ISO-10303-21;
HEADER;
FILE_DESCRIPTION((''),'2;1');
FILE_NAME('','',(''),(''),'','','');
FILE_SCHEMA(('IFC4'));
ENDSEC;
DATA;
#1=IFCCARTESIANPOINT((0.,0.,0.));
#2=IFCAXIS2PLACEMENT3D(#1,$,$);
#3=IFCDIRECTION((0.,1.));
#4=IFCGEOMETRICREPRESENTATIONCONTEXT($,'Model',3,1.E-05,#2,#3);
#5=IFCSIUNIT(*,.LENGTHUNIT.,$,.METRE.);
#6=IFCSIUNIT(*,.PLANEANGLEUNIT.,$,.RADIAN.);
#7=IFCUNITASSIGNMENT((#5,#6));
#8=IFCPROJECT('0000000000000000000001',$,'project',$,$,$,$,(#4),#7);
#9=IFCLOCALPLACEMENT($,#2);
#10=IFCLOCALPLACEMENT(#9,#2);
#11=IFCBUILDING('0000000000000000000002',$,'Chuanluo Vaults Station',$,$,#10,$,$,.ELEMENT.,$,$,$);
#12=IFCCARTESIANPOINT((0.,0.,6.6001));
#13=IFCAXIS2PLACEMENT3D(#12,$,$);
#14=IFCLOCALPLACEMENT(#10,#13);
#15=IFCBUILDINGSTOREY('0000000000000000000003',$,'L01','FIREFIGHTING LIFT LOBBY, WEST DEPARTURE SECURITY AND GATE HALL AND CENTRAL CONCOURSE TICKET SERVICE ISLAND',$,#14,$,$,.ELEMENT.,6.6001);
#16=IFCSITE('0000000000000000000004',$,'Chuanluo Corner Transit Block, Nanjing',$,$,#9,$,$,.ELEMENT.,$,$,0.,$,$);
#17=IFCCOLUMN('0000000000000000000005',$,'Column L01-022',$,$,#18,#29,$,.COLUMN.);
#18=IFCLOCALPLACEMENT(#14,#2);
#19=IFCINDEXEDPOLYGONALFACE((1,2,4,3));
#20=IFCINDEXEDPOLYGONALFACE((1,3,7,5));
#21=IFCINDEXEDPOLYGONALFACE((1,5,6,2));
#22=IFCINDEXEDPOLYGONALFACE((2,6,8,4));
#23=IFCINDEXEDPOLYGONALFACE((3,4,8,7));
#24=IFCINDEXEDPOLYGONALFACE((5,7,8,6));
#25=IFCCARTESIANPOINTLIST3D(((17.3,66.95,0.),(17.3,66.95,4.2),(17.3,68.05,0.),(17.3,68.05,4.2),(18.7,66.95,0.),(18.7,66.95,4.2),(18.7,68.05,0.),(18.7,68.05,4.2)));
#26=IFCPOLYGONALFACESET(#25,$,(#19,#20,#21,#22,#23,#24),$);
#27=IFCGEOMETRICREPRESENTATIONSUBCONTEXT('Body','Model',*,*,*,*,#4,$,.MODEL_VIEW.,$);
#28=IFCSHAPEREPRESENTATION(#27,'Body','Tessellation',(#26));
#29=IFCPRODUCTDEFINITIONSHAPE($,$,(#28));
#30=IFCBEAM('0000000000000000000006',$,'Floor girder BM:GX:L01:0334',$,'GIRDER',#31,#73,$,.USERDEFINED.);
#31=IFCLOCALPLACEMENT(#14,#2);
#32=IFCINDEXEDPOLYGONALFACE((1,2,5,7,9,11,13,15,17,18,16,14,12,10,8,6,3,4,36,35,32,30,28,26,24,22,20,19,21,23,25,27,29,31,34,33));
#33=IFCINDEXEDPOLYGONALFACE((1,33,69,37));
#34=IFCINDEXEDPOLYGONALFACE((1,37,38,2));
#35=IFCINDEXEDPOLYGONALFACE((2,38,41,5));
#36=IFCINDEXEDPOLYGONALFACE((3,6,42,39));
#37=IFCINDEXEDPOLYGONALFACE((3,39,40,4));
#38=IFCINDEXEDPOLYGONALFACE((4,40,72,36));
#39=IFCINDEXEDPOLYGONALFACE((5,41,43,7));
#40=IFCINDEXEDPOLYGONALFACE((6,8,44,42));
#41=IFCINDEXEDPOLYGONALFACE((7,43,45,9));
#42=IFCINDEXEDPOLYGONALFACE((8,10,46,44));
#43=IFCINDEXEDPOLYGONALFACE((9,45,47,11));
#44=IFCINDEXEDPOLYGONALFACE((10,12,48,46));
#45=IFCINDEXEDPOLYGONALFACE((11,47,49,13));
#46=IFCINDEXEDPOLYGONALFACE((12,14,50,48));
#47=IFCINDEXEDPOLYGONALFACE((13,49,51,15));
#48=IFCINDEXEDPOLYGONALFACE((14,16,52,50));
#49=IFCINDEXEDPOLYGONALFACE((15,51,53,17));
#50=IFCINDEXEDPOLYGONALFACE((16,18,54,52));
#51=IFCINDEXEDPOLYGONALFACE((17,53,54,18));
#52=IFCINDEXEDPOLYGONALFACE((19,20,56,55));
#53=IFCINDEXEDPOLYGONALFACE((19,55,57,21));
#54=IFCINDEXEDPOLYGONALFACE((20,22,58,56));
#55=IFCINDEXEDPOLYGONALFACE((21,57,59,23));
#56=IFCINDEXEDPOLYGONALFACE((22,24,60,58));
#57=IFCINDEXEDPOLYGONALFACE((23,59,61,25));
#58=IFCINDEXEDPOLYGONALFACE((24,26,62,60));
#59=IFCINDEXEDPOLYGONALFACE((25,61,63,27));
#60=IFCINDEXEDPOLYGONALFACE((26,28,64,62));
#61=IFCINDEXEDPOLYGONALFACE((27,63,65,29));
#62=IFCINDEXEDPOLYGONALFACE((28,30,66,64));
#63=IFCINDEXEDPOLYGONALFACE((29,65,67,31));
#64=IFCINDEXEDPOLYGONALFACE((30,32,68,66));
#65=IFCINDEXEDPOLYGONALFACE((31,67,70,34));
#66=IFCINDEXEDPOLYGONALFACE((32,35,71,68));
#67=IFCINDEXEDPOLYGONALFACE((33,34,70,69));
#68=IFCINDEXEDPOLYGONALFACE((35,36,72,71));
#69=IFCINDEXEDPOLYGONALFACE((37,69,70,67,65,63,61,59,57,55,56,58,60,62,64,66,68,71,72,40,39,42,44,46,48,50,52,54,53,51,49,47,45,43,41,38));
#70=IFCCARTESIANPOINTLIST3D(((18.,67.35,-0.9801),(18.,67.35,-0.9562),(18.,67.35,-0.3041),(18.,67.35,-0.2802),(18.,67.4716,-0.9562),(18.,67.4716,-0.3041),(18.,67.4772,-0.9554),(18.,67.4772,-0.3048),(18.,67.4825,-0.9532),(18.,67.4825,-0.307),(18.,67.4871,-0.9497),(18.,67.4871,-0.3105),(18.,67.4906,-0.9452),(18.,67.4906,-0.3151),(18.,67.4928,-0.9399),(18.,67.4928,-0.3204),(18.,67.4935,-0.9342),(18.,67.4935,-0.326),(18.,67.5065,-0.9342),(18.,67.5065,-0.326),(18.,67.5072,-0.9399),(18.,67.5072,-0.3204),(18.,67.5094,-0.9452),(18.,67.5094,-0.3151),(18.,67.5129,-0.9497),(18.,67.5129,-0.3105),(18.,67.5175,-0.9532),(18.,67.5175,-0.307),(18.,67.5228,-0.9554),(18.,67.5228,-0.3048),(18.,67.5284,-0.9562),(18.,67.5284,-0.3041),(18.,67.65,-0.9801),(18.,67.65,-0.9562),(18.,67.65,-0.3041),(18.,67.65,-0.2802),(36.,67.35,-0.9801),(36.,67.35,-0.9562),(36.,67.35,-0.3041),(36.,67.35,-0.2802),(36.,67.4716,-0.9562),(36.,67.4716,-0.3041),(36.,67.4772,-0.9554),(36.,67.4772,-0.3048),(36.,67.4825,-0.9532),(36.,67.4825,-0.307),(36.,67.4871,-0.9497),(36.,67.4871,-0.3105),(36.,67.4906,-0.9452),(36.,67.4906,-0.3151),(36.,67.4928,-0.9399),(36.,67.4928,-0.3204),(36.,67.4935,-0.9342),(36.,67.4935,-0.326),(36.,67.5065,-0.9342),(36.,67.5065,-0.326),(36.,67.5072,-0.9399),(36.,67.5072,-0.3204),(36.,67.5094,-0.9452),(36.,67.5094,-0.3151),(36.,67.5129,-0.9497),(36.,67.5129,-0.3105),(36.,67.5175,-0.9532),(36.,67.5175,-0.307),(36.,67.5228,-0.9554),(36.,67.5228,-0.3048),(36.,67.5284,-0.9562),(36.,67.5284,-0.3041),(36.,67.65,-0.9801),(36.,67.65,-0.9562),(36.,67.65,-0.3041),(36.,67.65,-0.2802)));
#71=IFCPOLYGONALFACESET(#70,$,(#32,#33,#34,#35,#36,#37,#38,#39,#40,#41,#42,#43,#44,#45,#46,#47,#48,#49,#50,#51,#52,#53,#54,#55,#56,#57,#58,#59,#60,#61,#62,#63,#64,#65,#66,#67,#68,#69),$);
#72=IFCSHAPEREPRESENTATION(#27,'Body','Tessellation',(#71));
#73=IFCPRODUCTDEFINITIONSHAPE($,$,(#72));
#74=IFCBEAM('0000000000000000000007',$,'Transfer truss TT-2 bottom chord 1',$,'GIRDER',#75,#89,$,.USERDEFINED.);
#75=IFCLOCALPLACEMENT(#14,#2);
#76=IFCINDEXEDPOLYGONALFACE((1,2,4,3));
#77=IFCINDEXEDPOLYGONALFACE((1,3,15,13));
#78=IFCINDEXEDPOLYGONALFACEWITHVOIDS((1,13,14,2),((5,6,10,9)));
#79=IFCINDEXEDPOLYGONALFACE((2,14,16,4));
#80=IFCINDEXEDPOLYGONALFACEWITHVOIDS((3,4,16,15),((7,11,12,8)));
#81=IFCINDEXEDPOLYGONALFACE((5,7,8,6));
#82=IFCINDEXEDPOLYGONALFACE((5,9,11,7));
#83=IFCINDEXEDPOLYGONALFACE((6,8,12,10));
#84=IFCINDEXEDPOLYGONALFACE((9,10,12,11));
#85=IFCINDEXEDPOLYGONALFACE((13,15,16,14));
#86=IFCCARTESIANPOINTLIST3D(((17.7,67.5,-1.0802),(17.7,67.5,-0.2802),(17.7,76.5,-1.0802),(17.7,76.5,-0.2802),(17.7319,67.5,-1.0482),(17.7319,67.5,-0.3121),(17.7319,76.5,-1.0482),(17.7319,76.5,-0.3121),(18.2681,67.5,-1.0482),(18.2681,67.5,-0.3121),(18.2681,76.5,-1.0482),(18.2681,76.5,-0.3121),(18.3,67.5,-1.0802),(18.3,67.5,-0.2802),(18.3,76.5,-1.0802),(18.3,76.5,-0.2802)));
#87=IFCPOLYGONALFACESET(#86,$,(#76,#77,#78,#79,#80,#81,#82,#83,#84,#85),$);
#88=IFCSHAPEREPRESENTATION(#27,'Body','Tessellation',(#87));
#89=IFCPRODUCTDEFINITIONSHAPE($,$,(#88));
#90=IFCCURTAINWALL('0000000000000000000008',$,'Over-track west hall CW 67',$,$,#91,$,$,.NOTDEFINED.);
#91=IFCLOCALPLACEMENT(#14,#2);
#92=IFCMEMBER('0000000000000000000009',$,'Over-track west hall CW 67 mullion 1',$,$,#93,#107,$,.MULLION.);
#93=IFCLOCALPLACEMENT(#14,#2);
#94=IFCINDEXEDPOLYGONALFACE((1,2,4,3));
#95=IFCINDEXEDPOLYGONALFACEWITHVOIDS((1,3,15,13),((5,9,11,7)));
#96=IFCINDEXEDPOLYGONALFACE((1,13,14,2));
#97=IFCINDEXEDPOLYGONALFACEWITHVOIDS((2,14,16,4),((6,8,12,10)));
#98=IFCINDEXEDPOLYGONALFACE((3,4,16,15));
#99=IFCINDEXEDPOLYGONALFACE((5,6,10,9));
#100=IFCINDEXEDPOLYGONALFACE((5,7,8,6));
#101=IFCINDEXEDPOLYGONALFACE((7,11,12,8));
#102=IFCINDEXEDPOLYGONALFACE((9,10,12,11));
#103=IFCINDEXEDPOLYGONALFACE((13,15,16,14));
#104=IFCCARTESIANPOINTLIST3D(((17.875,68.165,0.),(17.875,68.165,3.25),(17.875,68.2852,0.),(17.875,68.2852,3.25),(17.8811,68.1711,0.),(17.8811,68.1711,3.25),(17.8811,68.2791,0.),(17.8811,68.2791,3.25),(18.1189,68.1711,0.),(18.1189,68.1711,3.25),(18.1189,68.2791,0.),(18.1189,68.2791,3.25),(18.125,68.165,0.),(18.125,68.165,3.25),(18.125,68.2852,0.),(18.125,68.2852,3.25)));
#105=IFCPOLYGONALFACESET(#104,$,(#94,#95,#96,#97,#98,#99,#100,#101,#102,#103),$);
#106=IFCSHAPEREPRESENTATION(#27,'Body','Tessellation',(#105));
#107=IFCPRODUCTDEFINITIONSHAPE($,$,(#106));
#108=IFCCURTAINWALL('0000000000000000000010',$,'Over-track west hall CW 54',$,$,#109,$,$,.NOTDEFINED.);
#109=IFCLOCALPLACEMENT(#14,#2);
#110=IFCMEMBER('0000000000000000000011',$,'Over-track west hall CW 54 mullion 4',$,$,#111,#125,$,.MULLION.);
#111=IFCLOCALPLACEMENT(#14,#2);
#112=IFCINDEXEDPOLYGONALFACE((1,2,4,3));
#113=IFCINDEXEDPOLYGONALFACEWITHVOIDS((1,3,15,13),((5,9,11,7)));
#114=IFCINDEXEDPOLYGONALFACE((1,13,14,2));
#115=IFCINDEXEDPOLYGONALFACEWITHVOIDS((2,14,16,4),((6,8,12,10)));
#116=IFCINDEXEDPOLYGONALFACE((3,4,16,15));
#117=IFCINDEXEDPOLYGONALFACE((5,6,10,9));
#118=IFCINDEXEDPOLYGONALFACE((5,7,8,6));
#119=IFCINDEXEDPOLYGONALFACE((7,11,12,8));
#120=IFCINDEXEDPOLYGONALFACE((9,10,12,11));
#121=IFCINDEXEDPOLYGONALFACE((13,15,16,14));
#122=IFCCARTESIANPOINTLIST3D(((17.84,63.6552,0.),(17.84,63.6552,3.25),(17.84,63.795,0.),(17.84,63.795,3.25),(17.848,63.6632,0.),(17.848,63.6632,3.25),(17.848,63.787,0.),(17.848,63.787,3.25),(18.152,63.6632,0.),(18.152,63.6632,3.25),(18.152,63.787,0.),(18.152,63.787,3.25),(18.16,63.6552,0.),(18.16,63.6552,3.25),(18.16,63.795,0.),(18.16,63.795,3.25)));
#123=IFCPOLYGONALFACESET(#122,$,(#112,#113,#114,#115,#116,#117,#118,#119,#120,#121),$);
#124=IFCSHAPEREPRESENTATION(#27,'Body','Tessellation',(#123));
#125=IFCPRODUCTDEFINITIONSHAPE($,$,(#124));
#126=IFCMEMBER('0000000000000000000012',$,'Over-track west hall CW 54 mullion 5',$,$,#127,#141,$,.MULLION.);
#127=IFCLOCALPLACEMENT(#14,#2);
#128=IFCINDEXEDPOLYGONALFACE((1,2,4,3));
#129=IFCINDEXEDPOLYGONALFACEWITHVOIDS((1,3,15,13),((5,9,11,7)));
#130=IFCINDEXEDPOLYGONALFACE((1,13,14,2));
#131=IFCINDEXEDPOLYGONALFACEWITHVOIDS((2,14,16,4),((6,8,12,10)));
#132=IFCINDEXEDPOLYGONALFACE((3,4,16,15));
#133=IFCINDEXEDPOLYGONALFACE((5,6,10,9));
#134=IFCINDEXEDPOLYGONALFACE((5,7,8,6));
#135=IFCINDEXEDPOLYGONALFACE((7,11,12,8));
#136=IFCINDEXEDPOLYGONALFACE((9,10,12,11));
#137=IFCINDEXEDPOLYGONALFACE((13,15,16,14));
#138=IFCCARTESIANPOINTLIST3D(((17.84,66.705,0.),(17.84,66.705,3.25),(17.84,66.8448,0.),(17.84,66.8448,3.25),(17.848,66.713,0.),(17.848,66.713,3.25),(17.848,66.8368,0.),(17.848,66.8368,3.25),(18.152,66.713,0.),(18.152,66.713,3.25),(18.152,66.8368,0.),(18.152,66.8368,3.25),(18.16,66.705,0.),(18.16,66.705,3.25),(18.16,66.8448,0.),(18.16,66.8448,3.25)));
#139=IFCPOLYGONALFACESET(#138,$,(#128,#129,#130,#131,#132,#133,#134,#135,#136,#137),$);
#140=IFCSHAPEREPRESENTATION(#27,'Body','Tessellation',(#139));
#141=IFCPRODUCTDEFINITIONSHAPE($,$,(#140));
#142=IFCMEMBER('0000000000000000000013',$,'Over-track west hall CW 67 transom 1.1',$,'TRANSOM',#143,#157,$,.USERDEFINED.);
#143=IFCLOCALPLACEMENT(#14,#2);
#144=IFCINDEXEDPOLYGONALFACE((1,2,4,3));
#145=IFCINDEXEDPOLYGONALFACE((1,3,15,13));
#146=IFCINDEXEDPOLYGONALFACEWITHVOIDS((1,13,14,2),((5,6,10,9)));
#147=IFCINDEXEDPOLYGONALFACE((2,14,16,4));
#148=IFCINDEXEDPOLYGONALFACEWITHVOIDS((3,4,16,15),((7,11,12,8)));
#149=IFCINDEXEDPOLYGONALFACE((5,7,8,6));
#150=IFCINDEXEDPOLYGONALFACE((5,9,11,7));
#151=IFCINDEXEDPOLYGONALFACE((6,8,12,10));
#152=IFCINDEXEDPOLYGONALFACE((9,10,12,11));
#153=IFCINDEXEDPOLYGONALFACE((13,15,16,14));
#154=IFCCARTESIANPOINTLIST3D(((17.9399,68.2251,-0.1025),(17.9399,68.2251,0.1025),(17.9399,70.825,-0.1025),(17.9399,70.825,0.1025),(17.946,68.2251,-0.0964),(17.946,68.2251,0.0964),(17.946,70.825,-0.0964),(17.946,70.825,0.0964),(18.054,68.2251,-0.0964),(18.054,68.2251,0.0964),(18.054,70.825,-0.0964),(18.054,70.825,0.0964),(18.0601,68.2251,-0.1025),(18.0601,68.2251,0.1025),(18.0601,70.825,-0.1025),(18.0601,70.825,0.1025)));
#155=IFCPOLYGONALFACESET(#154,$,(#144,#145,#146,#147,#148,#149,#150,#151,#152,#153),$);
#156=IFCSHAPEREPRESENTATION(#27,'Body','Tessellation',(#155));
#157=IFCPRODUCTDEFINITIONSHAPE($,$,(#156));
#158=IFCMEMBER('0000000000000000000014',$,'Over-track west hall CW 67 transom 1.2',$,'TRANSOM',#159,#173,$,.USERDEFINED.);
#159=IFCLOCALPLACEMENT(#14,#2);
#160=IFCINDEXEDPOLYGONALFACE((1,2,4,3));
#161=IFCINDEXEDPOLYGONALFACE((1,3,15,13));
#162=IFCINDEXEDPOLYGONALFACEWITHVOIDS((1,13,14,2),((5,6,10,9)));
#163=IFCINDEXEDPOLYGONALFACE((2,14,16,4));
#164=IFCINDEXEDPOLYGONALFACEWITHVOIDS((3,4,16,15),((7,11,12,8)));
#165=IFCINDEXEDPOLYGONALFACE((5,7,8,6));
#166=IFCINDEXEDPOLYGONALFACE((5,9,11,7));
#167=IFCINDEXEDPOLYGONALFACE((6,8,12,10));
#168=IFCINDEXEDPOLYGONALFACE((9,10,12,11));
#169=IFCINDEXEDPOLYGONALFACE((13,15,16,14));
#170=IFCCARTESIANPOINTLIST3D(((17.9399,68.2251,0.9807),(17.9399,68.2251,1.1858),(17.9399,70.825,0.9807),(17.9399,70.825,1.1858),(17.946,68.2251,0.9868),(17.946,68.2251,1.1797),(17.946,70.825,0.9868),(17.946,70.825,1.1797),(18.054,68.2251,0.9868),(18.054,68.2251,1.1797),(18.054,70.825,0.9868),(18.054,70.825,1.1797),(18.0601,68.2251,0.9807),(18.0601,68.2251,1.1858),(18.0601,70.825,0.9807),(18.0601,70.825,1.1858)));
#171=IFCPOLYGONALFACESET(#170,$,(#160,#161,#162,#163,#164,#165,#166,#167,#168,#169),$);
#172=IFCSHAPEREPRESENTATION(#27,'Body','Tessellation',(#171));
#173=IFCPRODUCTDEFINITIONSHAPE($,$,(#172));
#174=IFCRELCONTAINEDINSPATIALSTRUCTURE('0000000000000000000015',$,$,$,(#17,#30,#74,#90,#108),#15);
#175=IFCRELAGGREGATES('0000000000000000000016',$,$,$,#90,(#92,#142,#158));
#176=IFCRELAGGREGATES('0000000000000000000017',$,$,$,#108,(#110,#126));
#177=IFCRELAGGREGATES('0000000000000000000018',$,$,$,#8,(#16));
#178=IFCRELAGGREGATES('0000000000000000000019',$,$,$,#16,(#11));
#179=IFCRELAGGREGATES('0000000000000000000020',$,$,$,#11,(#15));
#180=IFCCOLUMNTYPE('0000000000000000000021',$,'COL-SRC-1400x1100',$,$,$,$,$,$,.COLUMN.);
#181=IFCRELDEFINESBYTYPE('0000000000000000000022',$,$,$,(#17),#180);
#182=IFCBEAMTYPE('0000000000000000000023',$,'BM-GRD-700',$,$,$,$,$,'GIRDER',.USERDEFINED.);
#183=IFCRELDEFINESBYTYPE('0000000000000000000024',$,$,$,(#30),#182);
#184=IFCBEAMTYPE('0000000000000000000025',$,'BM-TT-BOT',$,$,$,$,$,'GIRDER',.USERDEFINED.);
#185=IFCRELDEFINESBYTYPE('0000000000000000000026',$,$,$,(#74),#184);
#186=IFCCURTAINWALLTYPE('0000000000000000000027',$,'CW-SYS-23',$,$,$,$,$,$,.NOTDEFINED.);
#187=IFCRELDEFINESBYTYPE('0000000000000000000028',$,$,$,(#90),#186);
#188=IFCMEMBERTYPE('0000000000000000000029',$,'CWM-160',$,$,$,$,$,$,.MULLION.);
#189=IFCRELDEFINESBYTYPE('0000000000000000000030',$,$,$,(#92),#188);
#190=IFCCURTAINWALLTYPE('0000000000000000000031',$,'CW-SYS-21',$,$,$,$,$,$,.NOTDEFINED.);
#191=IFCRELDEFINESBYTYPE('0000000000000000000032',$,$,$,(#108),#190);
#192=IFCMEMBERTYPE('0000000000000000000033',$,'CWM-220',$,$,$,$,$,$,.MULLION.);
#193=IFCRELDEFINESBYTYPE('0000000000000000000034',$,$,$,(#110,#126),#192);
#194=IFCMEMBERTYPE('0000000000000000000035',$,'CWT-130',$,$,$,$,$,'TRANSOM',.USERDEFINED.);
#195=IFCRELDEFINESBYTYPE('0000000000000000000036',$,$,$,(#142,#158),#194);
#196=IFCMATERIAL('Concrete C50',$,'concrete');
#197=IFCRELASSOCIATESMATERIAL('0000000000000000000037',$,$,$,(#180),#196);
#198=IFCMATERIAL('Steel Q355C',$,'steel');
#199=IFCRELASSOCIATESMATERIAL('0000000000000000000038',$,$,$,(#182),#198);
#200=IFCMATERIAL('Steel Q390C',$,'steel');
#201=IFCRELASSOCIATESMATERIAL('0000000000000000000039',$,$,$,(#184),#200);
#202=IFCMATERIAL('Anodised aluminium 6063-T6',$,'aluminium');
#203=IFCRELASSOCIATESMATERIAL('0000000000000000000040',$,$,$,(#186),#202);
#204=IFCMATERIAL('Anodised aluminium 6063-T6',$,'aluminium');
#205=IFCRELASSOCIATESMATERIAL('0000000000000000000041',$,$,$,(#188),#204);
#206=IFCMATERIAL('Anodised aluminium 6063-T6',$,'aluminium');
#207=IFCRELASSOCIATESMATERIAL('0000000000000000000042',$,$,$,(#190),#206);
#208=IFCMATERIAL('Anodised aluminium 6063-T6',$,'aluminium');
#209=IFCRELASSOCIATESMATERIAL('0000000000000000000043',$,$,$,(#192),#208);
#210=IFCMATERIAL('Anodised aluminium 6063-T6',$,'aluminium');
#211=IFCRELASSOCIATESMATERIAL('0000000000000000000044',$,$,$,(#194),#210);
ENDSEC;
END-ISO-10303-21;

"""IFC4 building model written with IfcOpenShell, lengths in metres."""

from ifc_helpers import new_model, si_unit, direction, frame, origin, origin_2d, place, context, subcontext, project, spatial, rectangle, hollow_rectangle, i_section, extrude, material, material_profile, profile_set, type_object, element, aggregate, save


model = new_model("IFC4")

# Units and contexts
model_context = context("Model", 3, precision=1e-05, world=origin(), true_north=direction((0.0, 1.0)))
body_context = subcontext(model_context, "Body", "Model", "MODEL_VIEW")
ifc_project = project(units=[si_unit("LENGTHUNIT", "METRE"), si_unit("PLANEANGLEUNIT", "RADIAN")], contexts=[model_context])

# Site, building, storey
site_placement = place(None, origin())
site = spatial("IfcSite", under=ifc_project, at=site_placement, Name="Chuanluo Corner Transit Block, Nanjing", CompositionType="ELEMENT", RefElevation=0.0)
building_placement = place(site_placement, origin())
building = spatial("IfcBuilding", under=site, at=building_placement, Name="Chuanluo Vaults Station", CompositionType="ELEMENT")
storey_placement = place(building_placement, frame((0.0, 0.0, 6.6001)))
storey = spatial("IfcBuildingStorey", under=building, at=storey_placement, Name="L01", Description="FIREFIGHTING LIFT LOBBY, WEST DEPARTURE SECURITY AND GATE HALL AND CENTRAL CONCOURSE TICKET SERVICE ISLAND", CompositionType="ELEMENT", Elevation=6.6001)

# Column
ifc_material_1 = material(Name="Concrete C50", Category="concrete")
ifc_material_profile_1 = material_profile(ifc_material_1, rectangle(XDim=1.3999, YDim=1.1001, at=origin_2d()))
ifc_profile_set_1 = profile_set([ifc_material_profile_1], Name="Concrete C50")
column_type = type_object("IfcColumnType", Name="COL-SRC-1400x1100", PredefinedType="COLUMN", material=ifc_profile_set_1)
column_placement = place(storey_placement, frame((18.0, 67.5, 0.0), z_axis=(0.0, 0.0, 1.0), x_axis=(1.0, 0.0, 0.0)))
element("IfcColumn", 1, at=column_placement, inside=storey, type_object=column_type, Name="Column L01-022", PredefinedType="COLUMN", context=body_context, shape_type="SweptSolid", body=[
    extrude(rectangle(XDim=1.3999, YDim=1.1001, at=origin_2d()), origin(), (0.0, 0.0, 1.0), 4.2),
])

# Beams
ifc_material_2 = material(Name="Steel Q355C", Category="steel")
ifc_material_profile_2 = material_profile(ifc_material_2, i_section(OverallWidth=0.3, OverallDepth=0.7, WebThickness=0.0129, FlangeThickness=0.0239, FilletRadius=0.022, at=origin_2d()))
ifc_profile_set_2 = profile_set([ifc_material_profile_2], Name="Steel Q355C")
beam_type_1 = type_object("IfcBeamType", Name="BM-GRD-700", ElementType="GIRDER", PredefinedType="USERDEFINED", material=ifc_profile_set_2)
beam_1_placement = place(storey_placement, frame((18.0, 67.5, -0.6301), z_axis=(1.0, 0.0, 0.0), x_axis=(0.0, 1.0, 0.0)))
element("IfcBeam", 2, at=beam_1_placement, inside=storey, type_object=beam_type_1, Name="Floor girder BM:GX:L01:0334", ObjectType="GIRDER", PredefinedType="USERDEFINED", context=body_context, shape_type="SweptSolid", body=[
    extrude(i_section(OverallWidth=0.3, OverallDepth=0.7, WebThickness=0.0129, FlangeThickness=0.0239, FilletRadius=0.022, at=origin_2d()), origin(), (0.0, 0.0, 1.0), 18.0),
])
ifc_material_3 = material(Name="Steel Q390C", Category="steel")
ifc_material_profile_3 = material_profile(ifc_material_3, hollow_rectangle(XDim=0.6001, YDim=0.8, WallThickness=0.032, at=origin_2d()))
ifc_profile_set_3 = profile_set([ifc_material_profile_3], Name="Steel Q390C")
beam_type_2 = type_object("IfcBeamType", Name="BM-TT-BOT", ElementType="GIRDER", PredefinedType="USERDEFINED", material=ifc_profile_set_3)
beam_2_placement = place(storey_placement, frame((18.0, 67.5, -0.6802), z_axis=(0.0, 1.0, 0.0), x_axis=(-1.0, 0.0, 0.0)))
element("IfcBeam", 3, at=beam_2_placement, inside=storey, type_object=beam_type_2, Name="Transfer truss TT-2 bottom chord 1", ObjectType="GIRDER", PredefinedType="USERDEFINED", context=body_context, shape_type="SweptSolid", body=[
    extrude(hollow_rectangle(XDim=0.6001, YDim=0.8, WallThickness=0.032, at=origin_2d()), origin(), (0.0, 0.0, 1.0), 9.0),
])

# Curtain wall, member
ifc_material_4 = material(Name="Anodised aluminium 6063-T6", Category="aluminium")
curtain_wall_type_1 = type_object("IfcCurtainWallType", Name="CW-SYS-23", PredefinedType="NOTDEFINED", material=ifc_material_4)
curtain_wall_1_placement = place(storey_placement, origin())
curtain_wall_1 = element("IfcCurtainWall", 4, at=curtain_wall_1_placement, inside=storey, type_object=curtain_wall_type_1, Name="Over-track west hall CW 67", PredefinedType="NOTDEFINED")
ifc_material_5 = material(Name="Anodised aluminium 6063-T6", Category="aluminium")
ifc_material_profile_4 = material_profile(ifc_material_5, hollow_rectangle(XDim=0.1201, YDim=0.25, WallThickness=0.0061, at=origin_2d()))
ifc_profile_set_4 = profile_set([ifc_material_profile_4], Name="Anodised aluminium 6063-T6")
member_type_1 = type_object("IfcMemberType", Name="CWM-160", PredefinedType="MULLION", material=ifc_profile_set_4)
member_1_placement = place(storey_placement, frame((18.0, 68.2251, 0.0), z_axis=(0.0, 0.0, 1.0), x_axis=(0.0, 1.0, 0.0)))
member_1 = element("IfcMember", 5, at=member_1_placement, type_object=member_type_1, Name="Over-track west hall CW 67 mullion 1", PredefinedType="MULLION", context=body_context, shape_type="SweptSolid", body=[
    extrude(hollow_rectangle(XDim=0.1201, YDim=0.25, WallThickness=0.0061, at=origin_2d()), origin(), (0.0, 0.0, 1.0), 3.25),
])

# Curtain wall, members
ifc_material_6 = material(Name="Anodised aluminium 6063-T6", Category="aluminium")
curtain_wall_type_2 = type_object("IfcCurtainWallType", Name="CW-SYS-21", PredefinedType="NOTDEFINED", material=ifc_material_6)
curtain_wall_2_placement = place(storey_placement, origin())
curtain_wall_2 = element("IfcCurtainWall", 6, at=curtain_wall_2_placement, inside=storey, type_object=curtain_wall_type_2, Name="Over-track west hall CW 54", PredefinedType="NOTDEFINED")
ifc_material_7 = material(Name="Anodised aluminium 6063-T6", Category="aluminium")
ifc_material_profile_5 = material_profile(ifc_material_7, hollow_rectangle(XDim=0.1399, YDim=0.3201, WallThickness=0.0081, at=origin_2d()))
ifc_profile_set_5 = profile_set([ifc_material_profile_5], Name="Anodised aluminium 6063-T6")
member_type_2 = type_object("IfcMemberType", Name="CWM-220", PredefinedType="MULLION", material=ifc_profile_set_5)
member_2_placement = place(storey_placement, frame((18.0, 63.7251, 0.0), z_axis=(0.0, 0.0, 1.0), x_axis=(0.0, 1.0, 0.0)))
member_2 = element("IfcMember", 7, at=member_2_placement, type_object=member_type_2, Name="Over-track west hall CW 54 mullion 4", PredefinedType="MULLION", context=body_context, shape_type="SweptSolid", body=[
    extrude(hollow_rectangle(XDim=0.1399, YDim=0.3201, WallThickness=0.0081, at=origin_2d()), origin(), (0.0, 0.0, 1.0), 3.25),
])
member_3_placement = place(storey_placement, frame((18.0, 66.7749, 0.0), z_axis=(0.0, 0.0, 1.0), x_axis=(0.0, 1.0, 0.0)))
member_3 = element("IfcMember", 8, at=member_3_placement, type_object=member_type_2, Name="Over-track west hall CW 54 mullion 5", PredefinedType="MULLION", context=body_context, shape_type="SweptSolid", body=[
    extrude(hollow_rectangle(XDim=0.1399, YDim=0.3201, WallThickness=0.0081, at=origin_2d()), origin(), (0.0, 0.0, 1.0), 3.25),
])

# Members
ifc_material_8 = material(Name="Anodised aluminium 6063-T6", Category="aluminium")
ifc_material_profile_6 = material_profile(ifc_material_8, hollow_rectangle(XDim=0.1201, YDim=0.2051, WallThickness=0.0061, at=origin_2d()))
ifc_profile_set_6 = profile_set([ifc_material_profile_6], Name="Anodised aluminium 6063-T6")
member_type_3 = type_object("IfcMemberType", Name="CWT-130", ElementType="TRANSOM", PredefinedType="USERDEFINED", material=ifc_profile_set_6)
member_4_placement = place(storey_placement, frame((18.0, 68.2251, 0.0), z_axis=(0.0, 1.0, 0.0), x_axis=(-1.0, 0.0, 0.0)))
member_4 = element("IfcMember", 9, at=member_4_placement, type_object=member_type_3, Name="Over-track west hall CW 67 transom 1.1", ObjectType="TRANSOM", PredefinedType="USERDEFINED", context=body_context, shape_type="SweptSolid", body=[
    extrude(hollow_rectangle(XDim=0.1201, YDim=0.2051, WallThickness=0.0061, at=origin_2d()), origin(), (0.0, 0.0, 1.0), 2.5999),
])
member_5_placement = place(storey_placement, frame((18.0, 68.2251, 1.0833), z_axis=(0.0, 1.0, 0.0), x_axis=(-1.0, 0.0, 0.0)))
member_5 = element("IfcMember", 10, at=member_5_placement, type_object=member_type_3, Name="Over-track west hall CW 67 transom 1.2", ObjectType="TRANSOM", PredefinedType="USERDEFINED", context=body_context, shape_type="SweptSolid", body=[
    extrude(hollow_rectangle(XDim=0.1201, YDim=0.2051, WallThickness=0.0061, at=origin_2d()), origin(), (0.0, 0.0, 1.0), 2.5999),
])

aggregate(curtain_wall_1, [member_1, member_4, member_5])
aggregate(curtain_wall_2, [member_2, member_3])

save(model, "model.ifc")
